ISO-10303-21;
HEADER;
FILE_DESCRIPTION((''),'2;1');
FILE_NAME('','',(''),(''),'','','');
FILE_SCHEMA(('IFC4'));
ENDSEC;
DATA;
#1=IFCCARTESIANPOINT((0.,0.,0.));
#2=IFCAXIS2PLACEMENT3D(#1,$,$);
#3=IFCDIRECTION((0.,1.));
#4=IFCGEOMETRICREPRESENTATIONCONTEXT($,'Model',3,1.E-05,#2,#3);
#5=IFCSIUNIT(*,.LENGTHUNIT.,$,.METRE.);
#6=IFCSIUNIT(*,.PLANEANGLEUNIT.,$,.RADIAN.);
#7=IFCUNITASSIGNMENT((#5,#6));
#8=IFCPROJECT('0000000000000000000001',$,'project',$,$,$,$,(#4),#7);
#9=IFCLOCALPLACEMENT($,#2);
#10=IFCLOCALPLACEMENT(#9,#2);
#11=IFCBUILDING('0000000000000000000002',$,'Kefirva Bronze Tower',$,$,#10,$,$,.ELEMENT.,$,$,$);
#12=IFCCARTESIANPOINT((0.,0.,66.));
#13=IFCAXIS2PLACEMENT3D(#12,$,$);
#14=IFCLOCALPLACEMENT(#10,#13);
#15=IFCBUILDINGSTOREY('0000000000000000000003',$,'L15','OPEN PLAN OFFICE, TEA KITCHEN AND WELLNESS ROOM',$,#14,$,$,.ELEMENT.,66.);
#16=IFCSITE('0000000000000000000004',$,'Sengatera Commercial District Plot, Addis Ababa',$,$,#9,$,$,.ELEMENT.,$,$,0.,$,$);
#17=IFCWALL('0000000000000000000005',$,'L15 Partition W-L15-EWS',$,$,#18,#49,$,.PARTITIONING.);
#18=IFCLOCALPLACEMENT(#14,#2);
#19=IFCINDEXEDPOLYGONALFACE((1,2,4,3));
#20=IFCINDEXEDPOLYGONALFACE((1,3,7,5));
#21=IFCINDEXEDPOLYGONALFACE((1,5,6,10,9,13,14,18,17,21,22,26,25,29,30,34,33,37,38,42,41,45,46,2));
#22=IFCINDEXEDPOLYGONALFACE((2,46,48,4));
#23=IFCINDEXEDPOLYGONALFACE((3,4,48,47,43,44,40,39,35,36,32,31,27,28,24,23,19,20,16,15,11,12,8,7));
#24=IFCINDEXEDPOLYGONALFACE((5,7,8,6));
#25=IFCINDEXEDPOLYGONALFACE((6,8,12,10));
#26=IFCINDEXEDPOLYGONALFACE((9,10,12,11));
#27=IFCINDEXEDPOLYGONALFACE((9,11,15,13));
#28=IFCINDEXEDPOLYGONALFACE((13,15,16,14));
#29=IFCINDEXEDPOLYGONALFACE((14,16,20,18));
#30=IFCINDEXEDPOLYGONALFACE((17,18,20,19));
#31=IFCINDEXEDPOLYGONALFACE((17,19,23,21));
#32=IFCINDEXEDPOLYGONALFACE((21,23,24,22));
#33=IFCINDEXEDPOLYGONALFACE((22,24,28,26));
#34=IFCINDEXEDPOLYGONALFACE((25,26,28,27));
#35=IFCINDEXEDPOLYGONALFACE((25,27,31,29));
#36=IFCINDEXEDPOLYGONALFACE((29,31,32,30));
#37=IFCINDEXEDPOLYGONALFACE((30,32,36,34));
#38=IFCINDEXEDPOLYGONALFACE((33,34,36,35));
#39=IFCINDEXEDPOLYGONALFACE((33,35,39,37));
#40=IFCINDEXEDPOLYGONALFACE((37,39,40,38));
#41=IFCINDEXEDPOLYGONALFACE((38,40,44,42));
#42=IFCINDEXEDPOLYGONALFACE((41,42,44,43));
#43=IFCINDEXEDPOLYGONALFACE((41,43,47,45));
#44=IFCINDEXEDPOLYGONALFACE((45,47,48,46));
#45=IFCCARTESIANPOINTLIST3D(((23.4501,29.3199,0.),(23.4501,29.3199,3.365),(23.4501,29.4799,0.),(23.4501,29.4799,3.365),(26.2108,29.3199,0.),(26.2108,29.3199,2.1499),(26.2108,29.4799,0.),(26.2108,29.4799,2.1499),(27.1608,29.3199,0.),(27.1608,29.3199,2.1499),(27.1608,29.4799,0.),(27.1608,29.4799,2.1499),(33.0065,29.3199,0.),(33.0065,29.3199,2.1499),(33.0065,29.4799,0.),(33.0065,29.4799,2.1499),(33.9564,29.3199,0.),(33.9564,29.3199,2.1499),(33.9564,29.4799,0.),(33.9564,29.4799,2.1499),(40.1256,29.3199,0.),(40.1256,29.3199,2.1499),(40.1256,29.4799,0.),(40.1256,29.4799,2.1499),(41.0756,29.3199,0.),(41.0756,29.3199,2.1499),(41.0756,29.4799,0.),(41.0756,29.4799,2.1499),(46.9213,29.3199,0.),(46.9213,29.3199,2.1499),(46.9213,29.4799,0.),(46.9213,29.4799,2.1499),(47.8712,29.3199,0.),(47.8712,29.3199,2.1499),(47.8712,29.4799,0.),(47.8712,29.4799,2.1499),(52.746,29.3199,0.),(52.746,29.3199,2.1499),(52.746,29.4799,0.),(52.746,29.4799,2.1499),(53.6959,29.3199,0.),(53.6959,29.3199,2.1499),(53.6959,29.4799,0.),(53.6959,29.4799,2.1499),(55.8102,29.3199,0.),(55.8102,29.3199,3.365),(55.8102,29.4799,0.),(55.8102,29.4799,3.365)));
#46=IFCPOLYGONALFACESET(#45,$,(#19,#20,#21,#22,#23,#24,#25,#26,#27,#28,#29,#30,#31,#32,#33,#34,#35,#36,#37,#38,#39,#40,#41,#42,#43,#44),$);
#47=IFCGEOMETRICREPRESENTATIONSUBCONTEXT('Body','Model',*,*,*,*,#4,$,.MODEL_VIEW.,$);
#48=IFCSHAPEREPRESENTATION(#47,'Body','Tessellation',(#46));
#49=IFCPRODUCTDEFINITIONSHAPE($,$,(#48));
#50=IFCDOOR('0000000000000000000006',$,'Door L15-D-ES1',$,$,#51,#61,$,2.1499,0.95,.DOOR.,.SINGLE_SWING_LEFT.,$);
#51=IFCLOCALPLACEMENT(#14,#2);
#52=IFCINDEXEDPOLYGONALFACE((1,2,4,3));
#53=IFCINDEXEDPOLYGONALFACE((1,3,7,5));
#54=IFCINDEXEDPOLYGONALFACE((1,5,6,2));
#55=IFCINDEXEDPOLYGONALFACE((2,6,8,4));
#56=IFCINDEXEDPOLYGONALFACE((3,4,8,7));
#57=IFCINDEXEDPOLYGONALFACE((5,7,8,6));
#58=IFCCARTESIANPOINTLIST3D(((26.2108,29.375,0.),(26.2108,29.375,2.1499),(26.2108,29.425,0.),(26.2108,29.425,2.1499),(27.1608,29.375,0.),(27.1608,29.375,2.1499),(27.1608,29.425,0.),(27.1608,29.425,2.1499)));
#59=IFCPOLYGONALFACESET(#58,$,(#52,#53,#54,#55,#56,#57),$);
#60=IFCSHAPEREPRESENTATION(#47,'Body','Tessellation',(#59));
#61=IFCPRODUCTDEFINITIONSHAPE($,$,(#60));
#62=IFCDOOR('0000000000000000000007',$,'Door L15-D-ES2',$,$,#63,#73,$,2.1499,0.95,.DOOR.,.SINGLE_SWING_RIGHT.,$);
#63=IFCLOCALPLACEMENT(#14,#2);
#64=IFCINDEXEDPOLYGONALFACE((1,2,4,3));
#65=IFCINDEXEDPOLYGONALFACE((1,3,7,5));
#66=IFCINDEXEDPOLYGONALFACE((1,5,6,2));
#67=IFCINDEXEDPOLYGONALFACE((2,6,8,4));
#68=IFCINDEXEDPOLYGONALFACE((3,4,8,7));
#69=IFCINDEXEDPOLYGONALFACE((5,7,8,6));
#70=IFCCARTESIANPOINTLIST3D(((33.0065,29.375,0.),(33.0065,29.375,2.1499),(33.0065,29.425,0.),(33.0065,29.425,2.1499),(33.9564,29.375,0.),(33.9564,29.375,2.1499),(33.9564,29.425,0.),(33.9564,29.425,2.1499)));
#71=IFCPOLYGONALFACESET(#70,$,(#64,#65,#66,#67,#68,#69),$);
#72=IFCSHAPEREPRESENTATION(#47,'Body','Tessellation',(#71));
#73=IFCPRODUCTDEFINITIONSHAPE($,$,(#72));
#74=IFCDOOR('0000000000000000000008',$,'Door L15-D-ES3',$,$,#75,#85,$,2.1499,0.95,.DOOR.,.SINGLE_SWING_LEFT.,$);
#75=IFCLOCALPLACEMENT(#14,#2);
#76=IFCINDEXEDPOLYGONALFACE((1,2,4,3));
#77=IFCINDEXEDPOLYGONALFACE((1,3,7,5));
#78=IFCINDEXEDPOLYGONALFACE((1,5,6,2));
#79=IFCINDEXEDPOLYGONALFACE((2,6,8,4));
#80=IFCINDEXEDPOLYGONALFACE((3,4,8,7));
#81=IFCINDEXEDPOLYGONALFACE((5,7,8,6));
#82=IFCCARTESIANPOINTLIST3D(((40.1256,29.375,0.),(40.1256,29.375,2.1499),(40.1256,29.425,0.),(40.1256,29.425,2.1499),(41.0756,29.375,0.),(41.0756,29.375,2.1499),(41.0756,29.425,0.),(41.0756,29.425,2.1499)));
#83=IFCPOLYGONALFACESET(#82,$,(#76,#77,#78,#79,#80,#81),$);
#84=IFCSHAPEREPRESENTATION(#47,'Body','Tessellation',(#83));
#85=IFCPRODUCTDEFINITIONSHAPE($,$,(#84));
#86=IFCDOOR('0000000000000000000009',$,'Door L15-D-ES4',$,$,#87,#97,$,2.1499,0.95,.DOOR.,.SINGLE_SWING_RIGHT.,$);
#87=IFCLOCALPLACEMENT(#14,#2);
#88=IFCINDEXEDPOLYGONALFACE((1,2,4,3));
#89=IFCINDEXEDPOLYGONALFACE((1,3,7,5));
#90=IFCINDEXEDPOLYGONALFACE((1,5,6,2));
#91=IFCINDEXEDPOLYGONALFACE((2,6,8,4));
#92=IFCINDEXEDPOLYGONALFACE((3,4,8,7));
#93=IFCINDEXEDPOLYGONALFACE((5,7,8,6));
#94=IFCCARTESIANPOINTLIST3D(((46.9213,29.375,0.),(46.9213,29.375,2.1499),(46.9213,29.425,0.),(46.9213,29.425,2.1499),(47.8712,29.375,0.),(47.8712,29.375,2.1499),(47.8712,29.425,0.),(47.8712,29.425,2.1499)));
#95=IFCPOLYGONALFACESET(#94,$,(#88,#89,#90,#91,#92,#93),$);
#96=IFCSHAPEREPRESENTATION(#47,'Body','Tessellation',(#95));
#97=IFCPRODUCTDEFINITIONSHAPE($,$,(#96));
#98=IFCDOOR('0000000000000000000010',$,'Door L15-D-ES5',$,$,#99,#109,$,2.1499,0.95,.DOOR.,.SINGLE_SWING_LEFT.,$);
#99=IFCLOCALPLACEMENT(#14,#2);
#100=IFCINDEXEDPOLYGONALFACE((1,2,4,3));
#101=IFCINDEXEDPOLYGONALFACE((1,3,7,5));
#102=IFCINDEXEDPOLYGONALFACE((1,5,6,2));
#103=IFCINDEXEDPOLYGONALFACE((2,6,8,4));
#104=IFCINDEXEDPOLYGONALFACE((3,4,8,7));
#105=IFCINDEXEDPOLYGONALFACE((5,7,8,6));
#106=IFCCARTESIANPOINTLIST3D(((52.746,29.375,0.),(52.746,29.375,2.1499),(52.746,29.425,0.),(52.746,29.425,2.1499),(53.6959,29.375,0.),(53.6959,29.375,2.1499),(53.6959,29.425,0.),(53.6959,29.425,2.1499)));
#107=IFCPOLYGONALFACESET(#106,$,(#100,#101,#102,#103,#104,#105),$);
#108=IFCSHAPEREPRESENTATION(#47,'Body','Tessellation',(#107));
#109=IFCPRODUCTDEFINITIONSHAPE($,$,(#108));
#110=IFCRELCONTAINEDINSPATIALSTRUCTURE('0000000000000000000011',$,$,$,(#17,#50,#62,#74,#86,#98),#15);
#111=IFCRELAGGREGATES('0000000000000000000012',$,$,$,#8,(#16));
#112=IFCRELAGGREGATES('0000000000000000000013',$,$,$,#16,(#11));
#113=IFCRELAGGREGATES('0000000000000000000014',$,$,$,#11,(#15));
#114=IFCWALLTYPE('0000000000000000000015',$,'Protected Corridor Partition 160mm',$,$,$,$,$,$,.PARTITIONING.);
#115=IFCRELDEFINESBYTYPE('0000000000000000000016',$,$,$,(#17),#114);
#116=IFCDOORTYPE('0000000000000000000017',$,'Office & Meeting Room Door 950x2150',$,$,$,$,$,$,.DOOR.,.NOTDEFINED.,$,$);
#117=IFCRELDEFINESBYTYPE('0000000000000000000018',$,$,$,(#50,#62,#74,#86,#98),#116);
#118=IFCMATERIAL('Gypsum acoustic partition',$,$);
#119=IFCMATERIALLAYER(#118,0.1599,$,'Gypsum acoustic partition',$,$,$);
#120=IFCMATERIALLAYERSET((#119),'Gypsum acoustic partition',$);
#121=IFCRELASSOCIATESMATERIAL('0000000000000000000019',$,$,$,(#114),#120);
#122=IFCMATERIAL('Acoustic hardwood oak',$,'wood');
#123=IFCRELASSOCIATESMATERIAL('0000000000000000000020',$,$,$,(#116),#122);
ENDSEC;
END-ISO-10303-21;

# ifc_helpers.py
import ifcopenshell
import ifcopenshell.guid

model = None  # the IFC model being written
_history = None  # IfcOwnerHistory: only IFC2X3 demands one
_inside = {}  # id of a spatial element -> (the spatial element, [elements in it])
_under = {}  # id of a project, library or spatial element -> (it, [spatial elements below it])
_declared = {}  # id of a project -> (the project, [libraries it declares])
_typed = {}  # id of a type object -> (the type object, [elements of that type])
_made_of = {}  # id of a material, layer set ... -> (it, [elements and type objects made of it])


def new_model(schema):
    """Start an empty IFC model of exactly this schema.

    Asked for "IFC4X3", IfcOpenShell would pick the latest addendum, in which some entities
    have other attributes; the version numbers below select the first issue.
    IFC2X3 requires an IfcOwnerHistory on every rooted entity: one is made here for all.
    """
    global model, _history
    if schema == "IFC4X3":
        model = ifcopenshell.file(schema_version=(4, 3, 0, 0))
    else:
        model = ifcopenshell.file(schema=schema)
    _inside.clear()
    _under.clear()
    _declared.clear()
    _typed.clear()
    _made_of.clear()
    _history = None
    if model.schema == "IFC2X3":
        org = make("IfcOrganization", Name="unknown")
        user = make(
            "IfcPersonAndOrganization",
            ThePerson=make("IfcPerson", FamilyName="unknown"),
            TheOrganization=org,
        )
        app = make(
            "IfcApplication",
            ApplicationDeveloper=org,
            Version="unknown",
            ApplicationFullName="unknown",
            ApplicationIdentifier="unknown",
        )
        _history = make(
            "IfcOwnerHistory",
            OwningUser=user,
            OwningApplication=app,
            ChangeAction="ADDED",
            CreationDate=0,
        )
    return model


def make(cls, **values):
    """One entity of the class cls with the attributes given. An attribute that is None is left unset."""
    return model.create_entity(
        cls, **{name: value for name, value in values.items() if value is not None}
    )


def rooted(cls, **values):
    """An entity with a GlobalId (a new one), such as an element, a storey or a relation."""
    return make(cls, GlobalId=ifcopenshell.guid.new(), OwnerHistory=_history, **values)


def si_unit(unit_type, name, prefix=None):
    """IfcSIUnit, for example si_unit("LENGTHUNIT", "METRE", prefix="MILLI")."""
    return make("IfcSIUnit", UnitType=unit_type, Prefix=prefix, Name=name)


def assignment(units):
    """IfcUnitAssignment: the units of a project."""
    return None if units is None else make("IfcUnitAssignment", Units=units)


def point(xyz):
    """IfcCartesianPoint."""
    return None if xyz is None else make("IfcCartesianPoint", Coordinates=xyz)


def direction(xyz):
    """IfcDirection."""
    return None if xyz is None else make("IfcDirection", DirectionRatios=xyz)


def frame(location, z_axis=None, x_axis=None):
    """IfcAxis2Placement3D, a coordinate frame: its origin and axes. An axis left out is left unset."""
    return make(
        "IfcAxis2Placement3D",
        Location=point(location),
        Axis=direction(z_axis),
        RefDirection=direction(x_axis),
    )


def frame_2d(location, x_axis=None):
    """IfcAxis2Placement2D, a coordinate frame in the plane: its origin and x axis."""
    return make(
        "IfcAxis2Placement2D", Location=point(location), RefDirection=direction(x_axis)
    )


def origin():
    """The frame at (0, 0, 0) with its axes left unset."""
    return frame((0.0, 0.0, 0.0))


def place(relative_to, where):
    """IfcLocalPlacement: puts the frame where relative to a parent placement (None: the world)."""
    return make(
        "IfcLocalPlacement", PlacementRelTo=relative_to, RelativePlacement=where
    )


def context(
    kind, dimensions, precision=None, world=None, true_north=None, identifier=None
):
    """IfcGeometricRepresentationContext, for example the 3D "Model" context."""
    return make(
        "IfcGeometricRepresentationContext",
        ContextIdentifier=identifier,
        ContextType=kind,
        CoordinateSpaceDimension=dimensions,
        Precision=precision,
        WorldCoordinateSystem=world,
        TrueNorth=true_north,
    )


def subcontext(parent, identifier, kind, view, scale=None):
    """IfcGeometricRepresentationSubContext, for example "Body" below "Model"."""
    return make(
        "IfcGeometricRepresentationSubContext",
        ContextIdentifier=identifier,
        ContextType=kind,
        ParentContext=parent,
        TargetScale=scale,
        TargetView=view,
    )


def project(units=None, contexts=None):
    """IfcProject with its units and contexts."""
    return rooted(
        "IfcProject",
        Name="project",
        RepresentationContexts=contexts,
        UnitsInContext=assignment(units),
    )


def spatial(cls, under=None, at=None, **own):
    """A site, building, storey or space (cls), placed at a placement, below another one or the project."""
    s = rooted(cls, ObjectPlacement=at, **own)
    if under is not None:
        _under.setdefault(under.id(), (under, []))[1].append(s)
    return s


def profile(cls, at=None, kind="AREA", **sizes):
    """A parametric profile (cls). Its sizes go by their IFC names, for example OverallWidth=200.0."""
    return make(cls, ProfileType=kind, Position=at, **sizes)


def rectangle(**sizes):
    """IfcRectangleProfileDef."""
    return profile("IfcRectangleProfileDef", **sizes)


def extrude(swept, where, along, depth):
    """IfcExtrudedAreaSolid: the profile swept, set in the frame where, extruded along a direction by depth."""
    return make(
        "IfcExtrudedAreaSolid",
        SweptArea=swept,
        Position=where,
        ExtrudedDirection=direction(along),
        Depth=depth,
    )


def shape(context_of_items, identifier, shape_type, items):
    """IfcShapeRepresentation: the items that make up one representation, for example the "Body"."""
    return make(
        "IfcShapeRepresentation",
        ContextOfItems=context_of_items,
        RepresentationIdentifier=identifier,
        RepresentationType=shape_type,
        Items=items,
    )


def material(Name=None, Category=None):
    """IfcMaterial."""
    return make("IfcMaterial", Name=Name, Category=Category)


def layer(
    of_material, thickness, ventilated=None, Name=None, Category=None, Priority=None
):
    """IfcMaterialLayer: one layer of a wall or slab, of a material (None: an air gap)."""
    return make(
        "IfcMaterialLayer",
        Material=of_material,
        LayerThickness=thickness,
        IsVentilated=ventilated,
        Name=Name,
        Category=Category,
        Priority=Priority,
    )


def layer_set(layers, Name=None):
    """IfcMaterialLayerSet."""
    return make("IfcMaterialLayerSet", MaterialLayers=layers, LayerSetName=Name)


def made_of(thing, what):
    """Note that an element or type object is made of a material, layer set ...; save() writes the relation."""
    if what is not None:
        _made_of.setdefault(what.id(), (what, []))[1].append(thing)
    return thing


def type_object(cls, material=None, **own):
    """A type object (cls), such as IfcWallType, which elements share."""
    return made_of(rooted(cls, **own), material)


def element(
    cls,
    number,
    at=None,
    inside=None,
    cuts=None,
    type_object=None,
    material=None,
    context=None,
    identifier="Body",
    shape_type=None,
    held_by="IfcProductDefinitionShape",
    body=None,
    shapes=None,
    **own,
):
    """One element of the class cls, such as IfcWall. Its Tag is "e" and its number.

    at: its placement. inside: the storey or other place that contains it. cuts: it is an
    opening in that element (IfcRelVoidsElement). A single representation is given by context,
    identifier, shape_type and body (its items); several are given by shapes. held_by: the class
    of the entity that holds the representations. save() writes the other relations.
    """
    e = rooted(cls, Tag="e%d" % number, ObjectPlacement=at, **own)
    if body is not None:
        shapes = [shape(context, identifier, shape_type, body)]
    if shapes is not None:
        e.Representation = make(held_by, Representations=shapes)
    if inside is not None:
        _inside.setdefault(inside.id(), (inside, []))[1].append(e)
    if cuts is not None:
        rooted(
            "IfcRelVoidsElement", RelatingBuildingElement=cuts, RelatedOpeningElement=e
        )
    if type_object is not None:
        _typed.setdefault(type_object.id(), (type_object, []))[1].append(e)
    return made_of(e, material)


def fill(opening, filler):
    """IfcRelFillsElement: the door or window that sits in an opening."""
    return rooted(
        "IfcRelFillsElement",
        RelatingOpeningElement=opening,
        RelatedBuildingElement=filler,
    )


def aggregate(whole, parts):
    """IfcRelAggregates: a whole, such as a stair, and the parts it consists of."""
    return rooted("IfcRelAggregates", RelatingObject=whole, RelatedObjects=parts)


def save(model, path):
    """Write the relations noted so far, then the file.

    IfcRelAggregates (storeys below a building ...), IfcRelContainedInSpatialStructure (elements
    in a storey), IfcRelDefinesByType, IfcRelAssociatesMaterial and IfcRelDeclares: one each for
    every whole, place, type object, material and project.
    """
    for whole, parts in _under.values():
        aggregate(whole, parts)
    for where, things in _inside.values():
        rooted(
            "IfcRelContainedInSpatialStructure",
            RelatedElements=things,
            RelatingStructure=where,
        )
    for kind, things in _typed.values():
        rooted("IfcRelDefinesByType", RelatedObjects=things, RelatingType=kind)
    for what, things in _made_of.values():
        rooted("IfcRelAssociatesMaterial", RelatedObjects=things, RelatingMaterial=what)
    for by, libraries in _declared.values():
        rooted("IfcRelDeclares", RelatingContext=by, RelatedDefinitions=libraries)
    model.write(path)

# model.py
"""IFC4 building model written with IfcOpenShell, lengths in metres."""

from ifc_helpers import new_model, si_unit, direction, frame, frame_2d, origin, place, context, subcontext, project, spatial, rectangle, extrude, material, layer, layer_set, type_object, element, fill, save


model = new_model("IFC4")

# Units and contexts
model_context = context("Model", 3, precision=1e-05, world=origin(), true_north=direction((0.0, 1.0)))
body_context = subcontext(model_context, "Body", "Model", "MODEL_VIEW")
ifc_project = project(units=[si_unit("LENGTHUNIT", "METRE"), si_unit("PLANEANGLEUNIT", "RADIAN")], contexts=[model_context])

# Site, building, storey
site_placement = place(None, origin())
site = spatial("IfcSite", under=ifc_project, at=site_placement, Name="Sengatera Commercial District Plot, Addis Ababa", CompositionType="ELEMENT", RefElevation=0.0)
building_placement = place(site_placement, origin())
building = spatial("IfcBuilding", under=site, at=building_placement, Name="Kefirva Bronze Tower", CompositionType="ELEMENT")
storey_placement = place(building_placement, frame((0.0, 0.0, 66.0)))
storey = spatial("IfcBuildingStorey", under=building, at=storey_placement, Name="L15", Description="OPEN PLAN OFFICE, TEA KITCHEN AND WELLNESS ROOM", CompositionType="ELEMENT", Elevation=66.0)

# Shared definitions
ifc_material_1 = material(Name="Gypsum acoustic partition")

# Wall, openings, doors
ifc_layer_1 = layer(ifc_material_1, 0.1599, Name="Gypsum acoustic partition")
ifc_layer_set_1 = layer_set([ifc_layer_1], Name="Gypsum acoustic partition")
wall_type_1 = type_object("IfcWallType", Name="Protected Corridor Partition 160mm", PredefinedType="PARTITIONING", material=ifc_layer_set_1)
wall_1_placement = place(storey_placement, frame((23.45, 29.3999, 0.0), z_axis=(0.0, 0.0, 1.0), x_axis=(1.0, 0.0, 0.0)))
wall_1 = element("IfcWall", 1, at=wall_1_placement, inside=storey, type_object=wall_type_1, Name="L15 Partition W-L15-EWS", PredefinedType="PARTITIONING", context=body_context, shape_type="SweptSolid", body=[
    extrude(rectangle(XDim=32.3601, YDim=0.1599, at=frame_2d((16.1802, 0.0))), origin(), (0.0, 0.0, 1.0), 3.365),
])
opening_1_placement = place(wall_1_placement, frame((3.7109, 0.0, 0.0), z_axis=(0.0, 0.0, 1.0), x_axis=(-1.0, 0.0, 0.0)))
opening_1 = element("IfcOpeningElement", 2, at=opening_1_placement, cuts=wall_1, PredefinedType="OPENING", context=body_context, shape_type="SweptSolid", body=[
    extrude(rectangle(XDim=0.95, YDim=2.1499, at=frame_2d((0.4751, 1.075))), frame((0.0, 0.0898, 0.0), z_axis=(0.0, -1.0, 0.0), x_axis=(1.0, 0.0, 0.0)), (0.0, 0.0, 1.0), 0.1799),
])
opening_2_placement = place(wall_1_placement, frame((10.5066, 0.0, 0.0), z_axis=(0.0, 0.0, 1.0), x_axis=(-1.0, 0.0, 0.0)))
opening_2 = element("IfcOpeningElement", 3, at=opening_2_placement, cuts=wall_1, PredefinedType="OPENING", context=body_context, shape_type="SweptSolid", body=[
    extrude(rectangle(XDim=0.95, YDim=2.1499, at=frame_2d((0.4751, 1.075))), frame((0.0, 0.0898, 0.0), z_axis=(0.0, -1.0, 0.0), x_axis=(1.0, 0.0, 0.0)), (0.0, 0.0, 1.0), 0.1799),
])
opening_3_placement = place(wall_1_placement, frame((17.6257, 0.0, 0.0), z_axis=(0.0, 0.0, 1.0), x_axis=(-1.0, 0.0, 0.0)))
opening_3 = element("IfcOpeningElement", 4, at=opening_3_placement, cuts=wall_1, PredefinedType="OPENING", context=body_context, shape_type="SweptSolid", body=[
    extrude(rectangle(XDim=0.95, YDim=2.1499, at=frame_2d((0.4751, 1.075))), frame((0.0, 0.0898, 0.0), z_axis=(0.0, -1.0, 0.0), x_axis=(1.0, 0.0, 0.0)), (0.0, 0.0, 1.0), 0.1799),
])
opening_4_placement = place(wall_1_placement, frame((24.4214, 0.0, 0.0), z_axis=(0.0, 0.0, 1.0), x_axis=(-1.0, 0.0, 0.0)))
opening_4 = element("IfcOpeningElement", 5, at=opening_4_placement, cuts=wall_1, PredefinedType="OPENING", context=body_context, shape_type="SweptSolid", body=[
    extrude(rectangle(XDim=0.95, YDim=2.1499, at=frame_2d((0.4751, 1.075))), frame((0.0, 0.0898, 0.0), z_axis=(0.0, -1.0, 0.0), x_axis=(1.0, 0.0, 0.0)), (0.0, 0.0, 1.0), 0.1799),
])
opening_5_placement = place(wall_1_placement, frame((30.2461, 0.0, 0.0), z_axis=(0.0, 0.0, 1.0), x_axis=(-1.0, 0.0, 0.0)))
opening_5 = element("IfcOpeningElement", 6, at=opening_5_placement, cuts=wall_1, PredefinedType="OPENING", context=body_context, shape_type="SweptSolid", body=[
    extrude(rectangle(XDim=0.95, YDim=2.1499, at=frame_2d((0.4751, 1.075))), frame((0.0, 0.0898, 0.0), z_axis=(0.0, -1.0, 0.0), x_axis=(1.0, 0.0, 0.0)), (0.0, 0.0, 1.0), 0.1799),
])
ifc_material_2 = material(Name="Acoustic hardwood oak", Category="wood")
door_type_1 = type_object("IfcDoorType", Name="Office & Meeting Room Door 950x2150", OperationType="NOTDEFINED", PredefinedType="DOOR", material=ifc_material_2)
door_1_placement = place(opening_1_placement, origin())
door_1 = element("IfcDoor", 7, at=door_1_placement, inside=storey, type_object=door_type_1, Name="Door L15-D-ES1", OperationType="SINGLE_SWING_LEFT", OverallHeight=2.1499, OverallWidth=0.95, PredefinedType="DOOR", context=body_context, shape_type="SweptSolid", body=[
    extrude(rectangle(XDim=0.95, YDim=2.1499, at=frame_2d((0.4751, 1.075))), frame((0.0, 0.0249, 0.0), z_axis=(0.0, -1.0, 0.0), x_axis=(1.0, 0.0, 0.0)), (0.0, 0.0, 1.0), 0.05),
])
fill(opening_1, door_1)
door_2_placement = place(opening_2_placement, origin())
door_2 = element("IfcDoor", 8, at=door_2_placement, inside=storey, type_object=door_type_1, Name="Door L15-D-ES2", OperationType="SINGLE_SWING_RIGHT", OverallHeight=2.1499, OverallWidth=0.95, PredefinedType="DOOR", context=body_context, shape_type="SweptSolid", body=[
    extrude(rectangle(XDim=0.95, YDim=2.1499, at=frame_2d((0.4751, 1.075))), frame((0.0, 0.0249, 0.0), z_axis=(0.0, -1.0, 0.0), x_axis=(1.0, 0.0, 0.0)), (0.0, 0.0, 1.0), 0.05),
])
fill(opening_2, door_2)
door_3_placement = place(opening_3_placement, origin())
door_3 = element("IfcDoor", 9, at=door_3_placement, inside=storey, type_object=door_type_1, Name="Door L15-D-ES3", OperationType="SINGLE_SWING_LEFT", OverallHeight=2.1499, OverallWidth=0.95, PredefinedType="DOOR", context=body_context, shape_type="SweptSolid", body=[
    extrude(rectangle(XDim=0.95, YDim=2.1499, at=frame_2d((0.4751, 1.075))), frame((0.0, 0.0249, 0.0), z_axis=(0.0, -1.0, 0.0), x_axis=(1.0, 0.0, 0.0)), (0.0, 0.0, 1.0), 0.05),
])
fill(opening_3, door_3)
door_4_placement = place(opening_4_placement, origin())
door_4 = element("IfcDoor", 10, at=door_4_placement, inside=storey, type_object=door_type_1, Name="Door L15-D-ES4", OperationType="SINGLE_SWING_RIGHT", OverallHeight=2.1499, OverallWidth=0.95, PredefinedType="DOOR", context=body_context, shape_type="SweptSolid", body=[
    extrude(rectangle(XDim=0.95, YDim=2.1499, at=frame_2d((0.4751, 1.075))), frame((0.0, 0.0249, 0.0), z_axis=(0.0, -1.0, 0.0), x_axis=(1.0, 0.0, 0.0)), (0.0, 0.0, 1.0), 0.05),
])
fill(opening_4, door_4)
door_5_placement = place(opening_5_placement, origin())
door_5 = element("IfcDoor", 11, at=door_5_placement, inside=storey, type_object=door_type_1, Name="Door L15-D-ES5", OperationType="SINGLE_SWING_LEFT", OverallHeight=2.1499, OverallWidth=0.95, PredefinedType="DOOR", context=body_context, shape_type="SweptSolid", body=[
    extrude(rectangle(XDim=0.95, YDim=2.1499, at=frame_2d((0.4751, 1.075))), frame((0.0, 0.0249, 0.0), z_axis=(0.0, -1.0, 0.0), x_axis=(1.0, 0.0, 0.0)), (0.0, 0.0, 1.0), 0.05),
])
fill(opening_5, door_5)

save(model, "model.ifc")
